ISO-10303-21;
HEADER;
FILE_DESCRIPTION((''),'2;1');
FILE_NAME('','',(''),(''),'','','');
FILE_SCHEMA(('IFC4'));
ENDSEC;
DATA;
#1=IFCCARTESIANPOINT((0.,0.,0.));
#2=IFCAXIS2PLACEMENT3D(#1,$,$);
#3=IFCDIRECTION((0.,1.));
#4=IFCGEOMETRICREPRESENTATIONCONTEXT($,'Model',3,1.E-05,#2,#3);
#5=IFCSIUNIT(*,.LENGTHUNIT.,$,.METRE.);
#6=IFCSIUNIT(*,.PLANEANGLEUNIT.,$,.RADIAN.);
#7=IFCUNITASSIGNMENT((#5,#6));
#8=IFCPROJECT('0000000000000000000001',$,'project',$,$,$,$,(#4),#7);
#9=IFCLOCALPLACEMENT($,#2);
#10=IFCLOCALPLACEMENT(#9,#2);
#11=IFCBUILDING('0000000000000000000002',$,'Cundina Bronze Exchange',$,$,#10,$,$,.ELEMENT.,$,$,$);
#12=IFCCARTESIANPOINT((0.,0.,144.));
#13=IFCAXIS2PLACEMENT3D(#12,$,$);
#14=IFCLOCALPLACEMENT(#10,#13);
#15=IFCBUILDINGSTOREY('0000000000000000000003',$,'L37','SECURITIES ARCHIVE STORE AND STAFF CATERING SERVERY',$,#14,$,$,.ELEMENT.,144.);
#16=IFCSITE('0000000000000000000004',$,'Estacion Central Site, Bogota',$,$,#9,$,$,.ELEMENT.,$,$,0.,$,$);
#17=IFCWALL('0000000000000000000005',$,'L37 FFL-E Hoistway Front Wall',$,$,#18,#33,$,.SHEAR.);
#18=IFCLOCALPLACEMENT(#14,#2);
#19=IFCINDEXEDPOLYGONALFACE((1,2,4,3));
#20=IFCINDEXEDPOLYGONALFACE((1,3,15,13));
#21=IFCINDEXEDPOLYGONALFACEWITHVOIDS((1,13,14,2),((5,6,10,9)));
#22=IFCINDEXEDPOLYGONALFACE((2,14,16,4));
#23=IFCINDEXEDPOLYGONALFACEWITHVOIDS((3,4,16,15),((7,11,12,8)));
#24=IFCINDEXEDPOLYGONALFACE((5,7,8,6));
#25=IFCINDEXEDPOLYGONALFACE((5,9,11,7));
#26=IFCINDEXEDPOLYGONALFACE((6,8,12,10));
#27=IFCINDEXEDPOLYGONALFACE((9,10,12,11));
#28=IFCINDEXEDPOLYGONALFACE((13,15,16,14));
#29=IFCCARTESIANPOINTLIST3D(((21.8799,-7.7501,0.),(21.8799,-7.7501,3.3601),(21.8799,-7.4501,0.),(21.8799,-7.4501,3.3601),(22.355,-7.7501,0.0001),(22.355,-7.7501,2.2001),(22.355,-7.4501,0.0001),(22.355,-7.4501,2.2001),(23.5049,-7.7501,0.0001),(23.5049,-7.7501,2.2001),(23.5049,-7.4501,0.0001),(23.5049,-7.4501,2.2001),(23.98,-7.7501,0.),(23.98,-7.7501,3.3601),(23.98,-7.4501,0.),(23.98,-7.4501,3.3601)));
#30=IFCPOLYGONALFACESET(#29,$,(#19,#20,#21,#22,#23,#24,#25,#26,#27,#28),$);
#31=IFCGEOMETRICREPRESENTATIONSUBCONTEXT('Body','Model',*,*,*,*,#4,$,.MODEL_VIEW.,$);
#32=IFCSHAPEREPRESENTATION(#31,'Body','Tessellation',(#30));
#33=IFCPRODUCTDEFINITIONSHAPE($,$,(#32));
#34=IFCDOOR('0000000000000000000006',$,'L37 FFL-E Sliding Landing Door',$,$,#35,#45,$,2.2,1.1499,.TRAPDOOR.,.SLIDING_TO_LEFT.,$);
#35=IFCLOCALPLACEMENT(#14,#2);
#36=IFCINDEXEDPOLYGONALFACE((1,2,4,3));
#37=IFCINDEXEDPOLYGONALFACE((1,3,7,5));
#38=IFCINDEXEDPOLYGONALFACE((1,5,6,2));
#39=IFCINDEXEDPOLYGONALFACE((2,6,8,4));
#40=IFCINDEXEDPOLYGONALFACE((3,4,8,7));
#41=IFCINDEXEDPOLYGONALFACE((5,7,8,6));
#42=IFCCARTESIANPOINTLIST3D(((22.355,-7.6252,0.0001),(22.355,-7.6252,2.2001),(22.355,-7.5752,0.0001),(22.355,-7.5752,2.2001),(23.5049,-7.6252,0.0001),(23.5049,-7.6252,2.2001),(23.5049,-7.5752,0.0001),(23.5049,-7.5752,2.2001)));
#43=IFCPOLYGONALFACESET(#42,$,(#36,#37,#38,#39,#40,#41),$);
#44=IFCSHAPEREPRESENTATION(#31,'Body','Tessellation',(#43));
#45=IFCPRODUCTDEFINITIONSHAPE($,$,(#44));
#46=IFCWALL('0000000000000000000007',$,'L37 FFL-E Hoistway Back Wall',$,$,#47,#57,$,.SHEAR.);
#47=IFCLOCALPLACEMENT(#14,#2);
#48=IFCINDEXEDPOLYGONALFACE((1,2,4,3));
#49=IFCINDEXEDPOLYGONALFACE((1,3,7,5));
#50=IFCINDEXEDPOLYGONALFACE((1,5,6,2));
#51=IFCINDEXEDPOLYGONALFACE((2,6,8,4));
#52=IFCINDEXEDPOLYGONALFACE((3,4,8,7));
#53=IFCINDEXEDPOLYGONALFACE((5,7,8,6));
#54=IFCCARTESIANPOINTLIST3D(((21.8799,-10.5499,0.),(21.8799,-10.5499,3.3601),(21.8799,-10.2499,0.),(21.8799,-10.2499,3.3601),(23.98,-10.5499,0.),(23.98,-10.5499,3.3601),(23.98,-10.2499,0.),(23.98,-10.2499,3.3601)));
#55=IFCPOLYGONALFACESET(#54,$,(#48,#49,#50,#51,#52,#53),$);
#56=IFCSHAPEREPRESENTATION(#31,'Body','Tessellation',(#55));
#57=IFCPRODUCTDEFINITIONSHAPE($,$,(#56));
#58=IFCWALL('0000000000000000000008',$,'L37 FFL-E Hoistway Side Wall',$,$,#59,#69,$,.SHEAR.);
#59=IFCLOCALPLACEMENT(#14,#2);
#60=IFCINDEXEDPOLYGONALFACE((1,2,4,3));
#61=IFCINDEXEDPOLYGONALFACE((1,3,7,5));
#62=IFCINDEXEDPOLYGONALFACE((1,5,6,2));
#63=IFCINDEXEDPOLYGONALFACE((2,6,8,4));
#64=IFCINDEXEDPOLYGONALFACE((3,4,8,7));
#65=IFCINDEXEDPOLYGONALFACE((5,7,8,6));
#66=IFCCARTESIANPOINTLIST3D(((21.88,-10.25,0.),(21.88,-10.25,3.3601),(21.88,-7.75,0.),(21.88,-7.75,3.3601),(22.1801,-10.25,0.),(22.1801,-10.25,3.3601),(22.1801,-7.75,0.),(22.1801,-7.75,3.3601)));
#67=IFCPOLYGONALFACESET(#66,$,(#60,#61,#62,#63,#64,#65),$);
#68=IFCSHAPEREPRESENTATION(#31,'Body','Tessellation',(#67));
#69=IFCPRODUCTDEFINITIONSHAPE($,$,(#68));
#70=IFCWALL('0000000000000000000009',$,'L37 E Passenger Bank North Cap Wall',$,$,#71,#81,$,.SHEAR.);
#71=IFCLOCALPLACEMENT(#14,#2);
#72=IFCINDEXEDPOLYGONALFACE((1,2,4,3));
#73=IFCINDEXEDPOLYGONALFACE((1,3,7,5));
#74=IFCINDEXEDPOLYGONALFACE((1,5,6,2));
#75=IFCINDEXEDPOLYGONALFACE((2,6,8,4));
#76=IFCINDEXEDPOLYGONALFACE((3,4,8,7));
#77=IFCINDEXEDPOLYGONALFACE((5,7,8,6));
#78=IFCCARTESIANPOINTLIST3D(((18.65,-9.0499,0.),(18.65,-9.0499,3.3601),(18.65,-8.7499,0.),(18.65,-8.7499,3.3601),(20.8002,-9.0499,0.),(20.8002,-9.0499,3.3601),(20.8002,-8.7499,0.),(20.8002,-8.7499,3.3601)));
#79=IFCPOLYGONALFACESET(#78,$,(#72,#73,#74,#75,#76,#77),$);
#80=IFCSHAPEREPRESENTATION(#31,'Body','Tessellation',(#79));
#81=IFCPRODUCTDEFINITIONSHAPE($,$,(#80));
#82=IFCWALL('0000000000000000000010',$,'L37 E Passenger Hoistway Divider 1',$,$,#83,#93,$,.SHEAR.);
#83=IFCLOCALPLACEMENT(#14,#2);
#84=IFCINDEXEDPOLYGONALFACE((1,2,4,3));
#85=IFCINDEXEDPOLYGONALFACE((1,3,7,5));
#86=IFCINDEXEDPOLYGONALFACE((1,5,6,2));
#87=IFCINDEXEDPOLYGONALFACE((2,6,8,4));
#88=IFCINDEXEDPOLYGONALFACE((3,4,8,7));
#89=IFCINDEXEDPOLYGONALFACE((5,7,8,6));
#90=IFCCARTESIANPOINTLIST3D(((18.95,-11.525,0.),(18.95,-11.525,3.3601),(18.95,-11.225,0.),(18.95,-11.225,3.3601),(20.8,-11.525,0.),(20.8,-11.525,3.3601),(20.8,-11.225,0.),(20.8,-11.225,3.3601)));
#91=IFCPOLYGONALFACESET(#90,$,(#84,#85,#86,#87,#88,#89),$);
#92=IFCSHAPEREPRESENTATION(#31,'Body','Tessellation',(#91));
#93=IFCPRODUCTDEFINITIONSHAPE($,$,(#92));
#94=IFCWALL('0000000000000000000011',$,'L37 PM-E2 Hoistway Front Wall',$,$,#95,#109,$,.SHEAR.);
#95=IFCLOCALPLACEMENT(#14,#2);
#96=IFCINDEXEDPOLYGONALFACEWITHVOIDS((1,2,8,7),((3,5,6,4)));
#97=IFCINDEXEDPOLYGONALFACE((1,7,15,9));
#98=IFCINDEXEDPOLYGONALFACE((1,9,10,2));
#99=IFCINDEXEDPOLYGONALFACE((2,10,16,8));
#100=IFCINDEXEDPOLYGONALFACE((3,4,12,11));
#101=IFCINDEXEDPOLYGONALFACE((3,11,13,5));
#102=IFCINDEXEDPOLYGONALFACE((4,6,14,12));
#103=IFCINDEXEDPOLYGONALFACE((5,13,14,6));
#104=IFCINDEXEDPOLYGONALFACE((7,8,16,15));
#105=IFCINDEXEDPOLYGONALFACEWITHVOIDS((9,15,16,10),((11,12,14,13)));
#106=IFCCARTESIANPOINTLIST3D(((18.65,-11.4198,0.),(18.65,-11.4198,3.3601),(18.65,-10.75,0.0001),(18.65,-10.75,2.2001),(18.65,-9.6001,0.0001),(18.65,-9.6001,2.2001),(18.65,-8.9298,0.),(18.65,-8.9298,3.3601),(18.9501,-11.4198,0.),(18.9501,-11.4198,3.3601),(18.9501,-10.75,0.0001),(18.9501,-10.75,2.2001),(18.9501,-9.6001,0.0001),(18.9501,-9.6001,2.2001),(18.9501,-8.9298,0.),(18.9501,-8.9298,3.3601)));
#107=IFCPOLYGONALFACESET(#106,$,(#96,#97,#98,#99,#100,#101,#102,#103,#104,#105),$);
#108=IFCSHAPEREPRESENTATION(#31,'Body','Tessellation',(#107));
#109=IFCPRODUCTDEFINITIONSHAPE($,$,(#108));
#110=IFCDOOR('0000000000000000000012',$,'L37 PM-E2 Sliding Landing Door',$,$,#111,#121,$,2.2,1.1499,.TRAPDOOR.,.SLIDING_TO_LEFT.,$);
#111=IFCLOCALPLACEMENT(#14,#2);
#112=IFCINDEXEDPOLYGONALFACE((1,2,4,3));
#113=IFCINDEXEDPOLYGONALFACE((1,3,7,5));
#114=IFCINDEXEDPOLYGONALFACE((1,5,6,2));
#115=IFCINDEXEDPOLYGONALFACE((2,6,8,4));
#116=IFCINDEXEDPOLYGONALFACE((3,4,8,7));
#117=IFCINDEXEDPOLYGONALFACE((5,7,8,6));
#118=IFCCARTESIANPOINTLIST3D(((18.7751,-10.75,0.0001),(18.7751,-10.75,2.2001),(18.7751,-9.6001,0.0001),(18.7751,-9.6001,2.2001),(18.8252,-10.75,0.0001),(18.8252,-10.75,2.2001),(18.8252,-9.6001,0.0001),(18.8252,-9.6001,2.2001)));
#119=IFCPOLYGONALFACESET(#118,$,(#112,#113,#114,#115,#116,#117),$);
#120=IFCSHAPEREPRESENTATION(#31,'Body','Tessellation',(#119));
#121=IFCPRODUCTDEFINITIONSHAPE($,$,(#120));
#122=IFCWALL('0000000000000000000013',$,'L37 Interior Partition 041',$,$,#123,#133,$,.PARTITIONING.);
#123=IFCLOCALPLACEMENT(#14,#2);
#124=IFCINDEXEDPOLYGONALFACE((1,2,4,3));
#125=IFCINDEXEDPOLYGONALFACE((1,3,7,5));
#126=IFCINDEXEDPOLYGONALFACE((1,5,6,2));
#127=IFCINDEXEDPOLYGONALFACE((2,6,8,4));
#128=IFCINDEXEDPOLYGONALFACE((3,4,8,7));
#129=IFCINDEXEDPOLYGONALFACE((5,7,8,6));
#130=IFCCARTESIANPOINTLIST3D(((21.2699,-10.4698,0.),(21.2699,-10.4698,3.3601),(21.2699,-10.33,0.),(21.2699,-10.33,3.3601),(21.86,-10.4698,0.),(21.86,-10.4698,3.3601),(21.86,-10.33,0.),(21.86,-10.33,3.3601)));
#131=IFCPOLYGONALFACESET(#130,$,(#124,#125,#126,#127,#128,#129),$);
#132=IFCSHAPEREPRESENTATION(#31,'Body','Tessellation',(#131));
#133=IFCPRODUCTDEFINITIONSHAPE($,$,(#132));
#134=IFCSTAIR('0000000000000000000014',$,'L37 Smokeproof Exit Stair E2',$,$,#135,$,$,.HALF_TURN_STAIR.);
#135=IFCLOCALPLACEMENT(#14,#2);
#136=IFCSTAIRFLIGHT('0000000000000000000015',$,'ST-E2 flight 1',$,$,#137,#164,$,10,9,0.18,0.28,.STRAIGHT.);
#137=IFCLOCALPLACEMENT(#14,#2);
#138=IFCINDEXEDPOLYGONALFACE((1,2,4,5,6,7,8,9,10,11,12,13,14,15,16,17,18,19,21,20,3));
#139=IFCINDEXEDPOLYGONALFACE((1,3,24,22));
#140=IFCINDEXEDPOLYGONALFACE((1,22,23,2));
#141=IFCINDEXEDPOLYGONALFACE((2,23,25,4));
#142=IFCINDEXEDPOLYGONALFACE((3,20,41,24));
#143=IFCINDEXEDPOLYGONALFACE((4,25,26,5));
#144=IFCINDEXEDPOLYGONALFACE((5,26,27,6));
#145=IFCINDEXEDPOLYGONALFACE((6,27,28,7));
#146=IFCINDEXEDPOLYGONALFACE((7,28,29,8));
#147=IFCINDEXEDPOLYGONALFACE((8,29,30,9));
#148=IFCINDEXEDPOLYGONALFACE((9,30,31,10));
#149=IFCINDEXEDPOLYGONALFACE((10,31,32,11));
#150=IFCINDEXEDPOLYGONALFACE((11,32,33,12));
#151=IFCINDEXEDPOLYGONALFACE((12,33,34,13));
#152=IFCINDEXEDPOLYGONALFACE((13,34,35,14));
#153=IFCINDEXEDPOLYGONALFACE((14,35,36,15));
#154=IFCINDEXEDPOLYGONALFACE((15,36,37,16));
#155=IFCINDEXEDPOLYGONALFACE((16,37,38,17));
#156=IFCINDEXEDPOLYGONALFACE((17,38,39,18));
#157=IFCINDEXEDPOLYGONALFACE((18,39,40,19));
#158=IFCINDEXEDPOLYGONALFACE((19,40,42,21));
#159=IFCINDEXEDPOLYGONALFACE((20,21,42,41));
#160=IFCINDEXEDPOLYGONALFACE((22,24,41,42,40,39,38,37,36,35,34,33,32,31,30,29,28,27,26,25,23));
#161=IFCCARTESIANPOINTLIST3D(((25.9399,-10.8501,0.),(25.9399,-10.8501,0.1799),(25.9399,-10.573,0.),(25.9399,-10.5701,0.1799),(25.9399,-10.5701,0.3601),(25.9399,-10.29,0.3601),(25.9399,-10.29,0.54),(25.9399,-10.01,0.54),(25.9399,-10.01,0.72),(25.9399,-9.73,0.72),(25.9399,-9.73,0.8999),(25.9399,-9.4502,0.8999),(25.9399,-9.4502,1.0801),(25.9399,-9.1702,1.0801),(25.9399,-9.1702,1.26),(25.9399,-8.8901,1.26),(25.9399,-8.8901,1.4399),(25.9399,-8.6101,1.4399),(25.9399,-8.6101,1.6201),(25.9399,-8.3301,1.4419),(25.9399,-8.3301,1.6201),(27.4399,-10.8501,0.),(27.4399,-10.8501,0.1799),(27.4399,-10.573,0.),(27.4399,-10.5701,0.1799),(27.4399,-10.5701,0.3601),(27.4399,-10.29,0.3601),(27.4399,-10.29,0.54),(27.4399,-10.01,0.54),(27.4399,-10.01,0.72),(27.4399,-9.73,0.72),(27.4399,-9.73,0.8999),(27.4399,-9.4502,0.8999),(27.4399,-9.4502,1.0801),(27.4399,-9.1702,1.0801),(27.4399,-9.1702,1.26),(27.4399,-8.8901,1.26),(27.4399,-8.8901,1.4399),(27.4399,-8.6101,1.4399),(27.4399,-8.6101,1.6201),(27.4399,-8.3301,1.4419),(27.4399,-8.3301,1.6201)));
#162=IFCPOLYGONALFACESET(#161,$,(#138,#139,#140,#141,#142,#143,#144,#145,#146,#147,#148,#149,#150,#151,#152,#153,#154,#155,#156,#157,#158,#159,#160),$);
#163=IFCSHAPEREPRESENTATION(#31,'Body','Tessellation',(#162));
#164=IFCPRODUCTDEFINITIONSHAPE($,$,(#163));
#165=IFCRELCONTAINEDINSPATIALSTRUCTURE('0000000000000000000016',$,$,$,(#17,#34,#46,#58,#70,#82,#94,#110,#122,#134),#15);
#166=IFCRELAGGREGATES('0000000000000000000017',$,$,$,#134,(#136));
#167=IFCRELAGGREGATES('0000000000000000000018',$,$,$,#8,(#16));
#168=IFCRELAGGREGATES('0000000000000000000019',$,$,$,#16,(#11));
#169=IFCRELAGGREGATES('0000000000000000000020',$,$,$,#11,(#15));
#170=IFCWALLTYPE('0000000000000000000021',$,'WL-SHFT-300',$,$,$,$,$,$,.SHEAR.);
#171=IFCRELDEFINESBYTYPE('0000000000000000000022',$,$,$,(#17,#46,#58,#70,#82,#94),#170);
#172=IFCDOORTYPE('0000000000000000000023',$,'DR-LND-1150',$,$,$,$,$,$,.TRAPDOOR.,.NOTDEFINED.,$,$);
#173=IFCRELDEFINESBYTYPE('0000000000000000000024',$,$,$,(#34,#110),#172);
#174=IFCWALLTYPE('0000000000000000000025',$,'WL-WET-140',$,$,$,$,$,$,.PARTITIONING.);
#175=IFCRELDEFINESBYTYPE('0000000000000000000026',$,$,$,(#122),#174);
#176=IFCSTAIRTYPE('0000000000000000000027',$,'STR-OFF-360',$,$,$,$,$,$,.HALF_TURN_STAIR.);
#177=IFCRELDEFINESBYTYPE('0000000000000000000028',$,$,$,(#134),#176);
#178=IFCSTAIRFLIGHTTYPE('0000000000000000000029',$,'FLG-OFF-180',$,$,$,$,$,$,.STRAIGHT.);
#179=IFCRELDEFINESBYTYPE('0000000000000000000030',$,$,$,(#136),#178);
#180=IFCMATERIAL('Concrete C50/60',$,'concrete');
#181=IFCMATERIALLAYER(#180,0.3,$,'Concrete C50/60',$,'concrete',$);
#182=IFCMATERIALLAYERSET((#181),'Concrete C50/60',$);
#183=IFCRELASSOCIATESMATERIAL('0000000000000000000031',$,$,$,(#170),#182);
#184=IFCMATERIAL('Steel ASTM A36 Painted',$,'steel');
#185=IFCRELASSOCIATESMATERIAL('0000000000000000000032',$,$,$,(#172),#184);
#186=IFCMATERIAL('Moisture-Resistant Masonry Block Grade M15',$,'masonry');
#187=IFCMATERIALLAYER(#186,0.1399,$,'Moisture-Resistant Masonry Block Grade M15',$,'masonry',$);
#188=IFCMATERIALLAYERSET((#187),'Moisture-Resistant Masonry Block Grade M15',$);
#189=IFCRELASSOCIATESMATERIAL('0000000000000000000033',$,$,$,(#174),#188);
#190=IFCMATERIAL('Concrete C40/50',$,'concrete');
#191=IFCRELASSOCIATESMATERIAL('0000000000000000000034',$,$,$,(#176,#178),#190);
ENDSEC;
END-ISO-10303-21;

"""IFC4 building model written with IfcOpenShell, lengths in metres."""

from ifc_helpers import new_model, si_unit, direction, frame, frame_2d, origin, place, context, subcontext, project, spatial, polyline, rectangle, outline, extrude, material, layer, layer_set, type_object, element, fill, aggregate, save


model = new_model("IFC4")

# Units and contexts
model_context = context("Model", 3, precision=1e-05, world=origin(), true_north=direction((0.0, 1.0)))
body_context = subcontext(model_context, "Body", "Model", "MODEL_VIEW")
ifc_project = project(units=[si_unit("LENGTHUNIT", "METRE"), si_unit("PLANEANGLEUNIT", "RADIAN")], contexts=[model_context])

# Site, building, storey
site_placement = place(None, origin())
site = spatial("IfcSite", under=ifc_project, at=site_placement, Name="Estacion Central Site, Bogota", CompositionType="ELEMENT", RefElevation=0.0)
building_placement = place(site_placement, origin())
building = spatial("IfcBuilding", under=site, at=building_placement, Name="Cundina Bronze Exchange", CompositionType="ELEMENT")
storey_placement = place(building_placement, frame((0.0, 0.0, 144.0)))
storey = spatial("IfcBuildingStorey", under=building, at=storey_placement, Name="L37", Description="SECURITIES ARCHIVE STORE AND STAFF CATERING SERVERY", CompositionType="ELEMENT", Elevation=144.0)

# Shared definitions
ifc_material_1 = material(Name="Concrete C50/60", Category="concrete")

# Shared definitions
ifc_layer_1 = layer(ifc_material_1, 0.3, Name="Concrete C50/60", Category="concrete")
ifc_layer_set_1 = layer_set([ifc_layer_1], Name="Concrete C50/60")
wall_type_1 = type_object("IfcWallType", Name="WL-SHFT-300", PredefinedType="SHEAR", material=ifc_layer_set_1)

# Wall, opening, door
ifc_material_2 = material(Name="Steel ASTM A36 Painted", Category="steel")
wall_1_placement = place(storey_placement, frame((21.8799, -7.6001, 0.0), z_axis=(0.0, 0.0, 1.0), x_axis=(1.0, 0.0, 0.0)))
wall_1 = element("IfcWall", 1, at=wall_1_placement, inside=storey, type_object=wall_type_1, Name="L37 FFL-E Hoistway Front Wall", PredefinedType="SHEAR", context=body_context, shape_type="SweptSolid", body=[
    extrude(rectangle(XDim=2.1001, YDim=0.3, at=frame_2d((1.05, 0.0))), origin(), (0.0, 0.0, 1.0), 3.3601),
])
opening_1_placement = place(wall_1_placement, frame((0.4751, 0.0, 0.0)))
opening_1 = element("IfcOpeningElement", 2, at=opening_1_placement, cuts=wall_1, PredefinedType="OPENING", context=body_context, shape_type="SweptSolid", body=[
    extrude(rectangle(XDim=1.1499, YDim=2.2, at=frame_2d((0.575, 1.1001))), frame((0.0, 0.1599, 0.0), z_axis=(0.0, -1.0, 0.0), x_axis=(1.0, 0.0, 0.0)), (0.0, 0.0, 1.0), 0.3201),
])
door_type_1 = type_object("IfcDoorType", Name="DR-LND-1150", OperationType="NOTDEFINED", PredefinedType="TRAPDOOR", material=ifc_material_2)
door_1_placement = place(opening_1_placement, origin())
door_1 = element("IfcDoor", 3, at=door_1_placement, inside=storey, type_object=door_type_1, Name="L37 FFL-E Sliding Landing Door", OperationType="SLIDING_TO_LEFT", OverallHeight=2.2, OverallWidth=1.1499, PredefinedType="TRAPDOOR", context=body_context, shape_type="SweptSolid", body=[
    extrude(rectangle(XDim=1.1499, YDim=2.2, at=frame_2d((0.575, 1.1001))), frame((0.0, 0.0249, 0.0), z_axis=(0.0, -1.0, 0.0), x_axis=(1.0, 0.0, 0.0)), (0.0, 0.0, 1.0), 0.05),
])
fill(opening_1, door_1)

# Walls
wall_2_placement = place(storey_placement, frame((21.8799, -10.3999, 0.0), z_axis=(0.0, 0.0, 1.0), x_axis=(1.0, 0.0, 0.0)))
element("IfcWall", 4, at=wall_2_placement, inside=storey, type_object=wall_type_1, Name="L37 FFL-E Hoistway Back Wall", PredefinedType="SHEAR", context=body_context, shape_type="SweptSolid", body=[
    extrude(rectangle(XDim=2.1001, YDim=0.3, at=frame_2d((1.05, 0.0))), origin(), (0.0, 0.0, 1.0), 3.3601),
])
wall_3_placement = place(storey_placement, frame((22.03, -10.25, 0.0), z_axis=(0.0, 0.0, 1.0), x_axis=(0.0, 1.0, 0.0)))
element("IfcWall", 5, at=wall_3_placement, inside=storey, type_object=wall_type_1, Name="L37 FFL-E Hoistway Side Wall", PredefinedType="SHEAR", context=body_context, shape_type="SweptSolid", body=[
    extrude(rectangle(XDim=2.5, YDim=0.3, at=frame_2d((1.25, 0.0))), origin(), (0.0, 0.0, 1.0), 3.3601),
])
wall_4_placement = place(storey_placement, frame((18.6499, -8.8999, 0.0), z_axis=(0.0, 0.0, 1.0), x_axis=(1.0, 0.0, 0.0)))
element("IfcWall", 6, at=wall_4_placement, inside=storey, type_object=wall_type_1, Name="L37 E Passenger Bank North Cap Wall", PredefinedType="SHEAR", context=body_context, shape_type="SweptSolid", body=[
    extrude(rectangle(XDim=2.1501, YDim=0.3, at=frame_2d((1.0752, 0.0))), origin(), (0.0, 0.0, 1.0), 3.3601),
])
wall_5_placement = place(storey_placement, frame((18.95, -11.375, 0.0), z_axis=(0.0, 0.0, 1.0), x_axis=(1.0, 0.0, 0.0)))
element("IfcWall", 7, at=wall_5_placement, inside=storey, type_object=wall_type_1, Name="L37 E Passenger Hoistway Divider 1", PredefinedType="SHEAR", context=body_context, shape_type="SweptSolid", body=[
    extrude(rectangle(XDim=1.8501, YDim=0.3, at=frame_2d((0.925, 0.0))), origin(), (0.0, 0.0, 1.0), 3.3601),
])

# Wall, opening, door
wall_6_placement = place(storey_placement, frame((18.8, -11.4199, 0.0), z_axis=(0.0, 0.0, 1.0), x_axis=(0.0, 1.0, 0.0)))
wall_6 = element("IfcWall", 8, at=wall_6_placement, inside=storey, type_object=wall_type_1, Name="L37 PM-E2 Hoistway Front Wall", PredefinedType="SHEAR", context=body_context, shape_type="SweptSolid", body=[
    extrude(rectangle(XDim=2.49, YDim=0.3, at=frame_2d((1.2451, 0.0))), origin(), (0.0, 0.0, 1.0), 3.3601),
])
opening_2_placement = place(wall_6_placement, frame((0.6699, 0.0, 0.0)))
opening_2 = element("IfcOpeningElement", 9, at=opening_2_placement, cuts=wall_6, PredefinedType="OPENING", context=body_context, shape_type="SweptSolid", body=[
    extrude(rectangle(XDim=1.1499, YDim=2.2, at=frame_2d((0.575, 1.1001))), frame((0.0, 0.1599, 0.0), z_axis=(0.0, -1.0, 0.0), x_axis=(1.0, 0.0, 0.0)), (0.0, 0.0, 1.0), 0.3201),
])
door_2_placement = place(opening_2_placement, origin())
door_2 = element("IfcDoor", 10, at=door_2_placement, inside=storey, type_object=door_type_1, Name="L37 PM-E2 Sliding Landing Door", OperationType="SLIDING_TO_LEFT", OverallHeight=2.2, OverallWidth=1.1499, PredefinedType="TRAPDOOR", context=body_context, shape_type="SweptSolid", body=[
    extrude(rectangle(XDim=1.1499, YDim=2.2, at=frame_2d((0.575, 1.1001))), frame((0.0, 0.0249, 0.0), z_axis=(0.0, -1.0, 0.0), x_axis=(1.0, 0.0, 0.0)), (0.0, 0.0, 1.0), 0.05),
])
fill(opening_2, door_2)

# Wall
ifc_material_3 = material(Name="Moisture-Resistant Masonry Block Grade M15", Category="masonry")
ifc_layer_2 = layer(ifc_material_3, 0.1399, Name="Moisture-Resistant Masonry Block Grade M15", Category="masonry")
ifc_layer_set_2 = layer_set([ifc_layer_2], Name="Moisture-Resistant Masonry Block Grade M15")
wall_type_2 = type_object("IfcWallType", Name="WL-WET-140", PredefinedType="PARTITIONING", material=ifc_layer_set_2)
wall_7_placement = place(storey_placement, frame((21.27, -10.3999, 0.0), z_axis=(0.0, 0.0, 1.0), x_axis=(1.0, 0.0, 0.0)))
element("IfcWall", 11, at=wall_7_placement, inside=storey, type_object=wall_type_2, Name="L37 Interior Partition 041", PredefinedType="PARTITIONING", context=body_context, shape_type="SweptSolid", body=[
    extrude(rectangle(XDim=0.5901, YDim=0.1399, at=frame_2d((0.2949, 0.0))), origin(), (0.0, 0.0, 1.0), 3.3601),
])

# Stair, stair flight
ifc_material_4 = material(Name="Concrete C40/50", Category="concrete")
stair_type = type_object("IfcStairType", Name="STR-OFF-360", PredefinedType="HALF_TURN_STAIR", material=ifc_material_4)
stair_placement = place(storey_placement, origin())
stair = element("IfcStair", 12, at=stair_placement, inside=storey, type_object=stair_type, Name="L37 Smokeproof Exit Stair E2", PredefinedType="HALF_TURN_STAIR")
stair_flight_type = type_object("IfcStairFlightType", Name="FLG-OFF-180", PredefinedType="STRAIGHT", material=ifc_material_4)
stair_flight_1_placement = place(storey_placement, frame((26.6899, -10.8501, 0.0), z_axis=(0.0, 0.0, 1.0), x_axis=(0.0, 1.0, 0.0)))
stair_flight_1 = element("IfcStairFlight", 13, at=stair_flight_1_placement, type_object=stair_flight_type, Name="ST-E2 flight 1", NumberOfRisers=10, NumberOfTreads=9, PredefinedType="STRAIGHT", RiserHeight=0.18, TreadLength=0.28, context=body_context, shape_type="SweptSolid", body=[
    extrude(outline(polyline([(0.0, 0.0), (0.0, 0.1799), (0.28, 0.1799), (0.28, 0.3601), (0.5601, 0.3601), (0.5601, 0.54), (0.8401, 0.54), (0.8401, 0.72), (1.1201, 0.72), (1.1201, 0.8999), (1.3999, 0.8999), (1.3999, 1.0801), (1.6799, 1.0801), (1.6799, 1.26), (1.96, 1.26), (1.96, 1.4399), (2.24, 1.4399), (2.24, 1.6201), (2.52, 1.6201), (2.52, 1.8), (2.52, 1.4419), (0.2771, 0.0), (0.0, 0.0)])), frame((0.0, 0.75, 0.0), z_axis=(0.0, -1.0, 0.0), x_axis=(1.0, 0.0, 0.0)), (0.0, 0.0, 1.0), 1.5),
])
aggregate(stair, [stair_flight_1])

save(model, "model.ifc")
